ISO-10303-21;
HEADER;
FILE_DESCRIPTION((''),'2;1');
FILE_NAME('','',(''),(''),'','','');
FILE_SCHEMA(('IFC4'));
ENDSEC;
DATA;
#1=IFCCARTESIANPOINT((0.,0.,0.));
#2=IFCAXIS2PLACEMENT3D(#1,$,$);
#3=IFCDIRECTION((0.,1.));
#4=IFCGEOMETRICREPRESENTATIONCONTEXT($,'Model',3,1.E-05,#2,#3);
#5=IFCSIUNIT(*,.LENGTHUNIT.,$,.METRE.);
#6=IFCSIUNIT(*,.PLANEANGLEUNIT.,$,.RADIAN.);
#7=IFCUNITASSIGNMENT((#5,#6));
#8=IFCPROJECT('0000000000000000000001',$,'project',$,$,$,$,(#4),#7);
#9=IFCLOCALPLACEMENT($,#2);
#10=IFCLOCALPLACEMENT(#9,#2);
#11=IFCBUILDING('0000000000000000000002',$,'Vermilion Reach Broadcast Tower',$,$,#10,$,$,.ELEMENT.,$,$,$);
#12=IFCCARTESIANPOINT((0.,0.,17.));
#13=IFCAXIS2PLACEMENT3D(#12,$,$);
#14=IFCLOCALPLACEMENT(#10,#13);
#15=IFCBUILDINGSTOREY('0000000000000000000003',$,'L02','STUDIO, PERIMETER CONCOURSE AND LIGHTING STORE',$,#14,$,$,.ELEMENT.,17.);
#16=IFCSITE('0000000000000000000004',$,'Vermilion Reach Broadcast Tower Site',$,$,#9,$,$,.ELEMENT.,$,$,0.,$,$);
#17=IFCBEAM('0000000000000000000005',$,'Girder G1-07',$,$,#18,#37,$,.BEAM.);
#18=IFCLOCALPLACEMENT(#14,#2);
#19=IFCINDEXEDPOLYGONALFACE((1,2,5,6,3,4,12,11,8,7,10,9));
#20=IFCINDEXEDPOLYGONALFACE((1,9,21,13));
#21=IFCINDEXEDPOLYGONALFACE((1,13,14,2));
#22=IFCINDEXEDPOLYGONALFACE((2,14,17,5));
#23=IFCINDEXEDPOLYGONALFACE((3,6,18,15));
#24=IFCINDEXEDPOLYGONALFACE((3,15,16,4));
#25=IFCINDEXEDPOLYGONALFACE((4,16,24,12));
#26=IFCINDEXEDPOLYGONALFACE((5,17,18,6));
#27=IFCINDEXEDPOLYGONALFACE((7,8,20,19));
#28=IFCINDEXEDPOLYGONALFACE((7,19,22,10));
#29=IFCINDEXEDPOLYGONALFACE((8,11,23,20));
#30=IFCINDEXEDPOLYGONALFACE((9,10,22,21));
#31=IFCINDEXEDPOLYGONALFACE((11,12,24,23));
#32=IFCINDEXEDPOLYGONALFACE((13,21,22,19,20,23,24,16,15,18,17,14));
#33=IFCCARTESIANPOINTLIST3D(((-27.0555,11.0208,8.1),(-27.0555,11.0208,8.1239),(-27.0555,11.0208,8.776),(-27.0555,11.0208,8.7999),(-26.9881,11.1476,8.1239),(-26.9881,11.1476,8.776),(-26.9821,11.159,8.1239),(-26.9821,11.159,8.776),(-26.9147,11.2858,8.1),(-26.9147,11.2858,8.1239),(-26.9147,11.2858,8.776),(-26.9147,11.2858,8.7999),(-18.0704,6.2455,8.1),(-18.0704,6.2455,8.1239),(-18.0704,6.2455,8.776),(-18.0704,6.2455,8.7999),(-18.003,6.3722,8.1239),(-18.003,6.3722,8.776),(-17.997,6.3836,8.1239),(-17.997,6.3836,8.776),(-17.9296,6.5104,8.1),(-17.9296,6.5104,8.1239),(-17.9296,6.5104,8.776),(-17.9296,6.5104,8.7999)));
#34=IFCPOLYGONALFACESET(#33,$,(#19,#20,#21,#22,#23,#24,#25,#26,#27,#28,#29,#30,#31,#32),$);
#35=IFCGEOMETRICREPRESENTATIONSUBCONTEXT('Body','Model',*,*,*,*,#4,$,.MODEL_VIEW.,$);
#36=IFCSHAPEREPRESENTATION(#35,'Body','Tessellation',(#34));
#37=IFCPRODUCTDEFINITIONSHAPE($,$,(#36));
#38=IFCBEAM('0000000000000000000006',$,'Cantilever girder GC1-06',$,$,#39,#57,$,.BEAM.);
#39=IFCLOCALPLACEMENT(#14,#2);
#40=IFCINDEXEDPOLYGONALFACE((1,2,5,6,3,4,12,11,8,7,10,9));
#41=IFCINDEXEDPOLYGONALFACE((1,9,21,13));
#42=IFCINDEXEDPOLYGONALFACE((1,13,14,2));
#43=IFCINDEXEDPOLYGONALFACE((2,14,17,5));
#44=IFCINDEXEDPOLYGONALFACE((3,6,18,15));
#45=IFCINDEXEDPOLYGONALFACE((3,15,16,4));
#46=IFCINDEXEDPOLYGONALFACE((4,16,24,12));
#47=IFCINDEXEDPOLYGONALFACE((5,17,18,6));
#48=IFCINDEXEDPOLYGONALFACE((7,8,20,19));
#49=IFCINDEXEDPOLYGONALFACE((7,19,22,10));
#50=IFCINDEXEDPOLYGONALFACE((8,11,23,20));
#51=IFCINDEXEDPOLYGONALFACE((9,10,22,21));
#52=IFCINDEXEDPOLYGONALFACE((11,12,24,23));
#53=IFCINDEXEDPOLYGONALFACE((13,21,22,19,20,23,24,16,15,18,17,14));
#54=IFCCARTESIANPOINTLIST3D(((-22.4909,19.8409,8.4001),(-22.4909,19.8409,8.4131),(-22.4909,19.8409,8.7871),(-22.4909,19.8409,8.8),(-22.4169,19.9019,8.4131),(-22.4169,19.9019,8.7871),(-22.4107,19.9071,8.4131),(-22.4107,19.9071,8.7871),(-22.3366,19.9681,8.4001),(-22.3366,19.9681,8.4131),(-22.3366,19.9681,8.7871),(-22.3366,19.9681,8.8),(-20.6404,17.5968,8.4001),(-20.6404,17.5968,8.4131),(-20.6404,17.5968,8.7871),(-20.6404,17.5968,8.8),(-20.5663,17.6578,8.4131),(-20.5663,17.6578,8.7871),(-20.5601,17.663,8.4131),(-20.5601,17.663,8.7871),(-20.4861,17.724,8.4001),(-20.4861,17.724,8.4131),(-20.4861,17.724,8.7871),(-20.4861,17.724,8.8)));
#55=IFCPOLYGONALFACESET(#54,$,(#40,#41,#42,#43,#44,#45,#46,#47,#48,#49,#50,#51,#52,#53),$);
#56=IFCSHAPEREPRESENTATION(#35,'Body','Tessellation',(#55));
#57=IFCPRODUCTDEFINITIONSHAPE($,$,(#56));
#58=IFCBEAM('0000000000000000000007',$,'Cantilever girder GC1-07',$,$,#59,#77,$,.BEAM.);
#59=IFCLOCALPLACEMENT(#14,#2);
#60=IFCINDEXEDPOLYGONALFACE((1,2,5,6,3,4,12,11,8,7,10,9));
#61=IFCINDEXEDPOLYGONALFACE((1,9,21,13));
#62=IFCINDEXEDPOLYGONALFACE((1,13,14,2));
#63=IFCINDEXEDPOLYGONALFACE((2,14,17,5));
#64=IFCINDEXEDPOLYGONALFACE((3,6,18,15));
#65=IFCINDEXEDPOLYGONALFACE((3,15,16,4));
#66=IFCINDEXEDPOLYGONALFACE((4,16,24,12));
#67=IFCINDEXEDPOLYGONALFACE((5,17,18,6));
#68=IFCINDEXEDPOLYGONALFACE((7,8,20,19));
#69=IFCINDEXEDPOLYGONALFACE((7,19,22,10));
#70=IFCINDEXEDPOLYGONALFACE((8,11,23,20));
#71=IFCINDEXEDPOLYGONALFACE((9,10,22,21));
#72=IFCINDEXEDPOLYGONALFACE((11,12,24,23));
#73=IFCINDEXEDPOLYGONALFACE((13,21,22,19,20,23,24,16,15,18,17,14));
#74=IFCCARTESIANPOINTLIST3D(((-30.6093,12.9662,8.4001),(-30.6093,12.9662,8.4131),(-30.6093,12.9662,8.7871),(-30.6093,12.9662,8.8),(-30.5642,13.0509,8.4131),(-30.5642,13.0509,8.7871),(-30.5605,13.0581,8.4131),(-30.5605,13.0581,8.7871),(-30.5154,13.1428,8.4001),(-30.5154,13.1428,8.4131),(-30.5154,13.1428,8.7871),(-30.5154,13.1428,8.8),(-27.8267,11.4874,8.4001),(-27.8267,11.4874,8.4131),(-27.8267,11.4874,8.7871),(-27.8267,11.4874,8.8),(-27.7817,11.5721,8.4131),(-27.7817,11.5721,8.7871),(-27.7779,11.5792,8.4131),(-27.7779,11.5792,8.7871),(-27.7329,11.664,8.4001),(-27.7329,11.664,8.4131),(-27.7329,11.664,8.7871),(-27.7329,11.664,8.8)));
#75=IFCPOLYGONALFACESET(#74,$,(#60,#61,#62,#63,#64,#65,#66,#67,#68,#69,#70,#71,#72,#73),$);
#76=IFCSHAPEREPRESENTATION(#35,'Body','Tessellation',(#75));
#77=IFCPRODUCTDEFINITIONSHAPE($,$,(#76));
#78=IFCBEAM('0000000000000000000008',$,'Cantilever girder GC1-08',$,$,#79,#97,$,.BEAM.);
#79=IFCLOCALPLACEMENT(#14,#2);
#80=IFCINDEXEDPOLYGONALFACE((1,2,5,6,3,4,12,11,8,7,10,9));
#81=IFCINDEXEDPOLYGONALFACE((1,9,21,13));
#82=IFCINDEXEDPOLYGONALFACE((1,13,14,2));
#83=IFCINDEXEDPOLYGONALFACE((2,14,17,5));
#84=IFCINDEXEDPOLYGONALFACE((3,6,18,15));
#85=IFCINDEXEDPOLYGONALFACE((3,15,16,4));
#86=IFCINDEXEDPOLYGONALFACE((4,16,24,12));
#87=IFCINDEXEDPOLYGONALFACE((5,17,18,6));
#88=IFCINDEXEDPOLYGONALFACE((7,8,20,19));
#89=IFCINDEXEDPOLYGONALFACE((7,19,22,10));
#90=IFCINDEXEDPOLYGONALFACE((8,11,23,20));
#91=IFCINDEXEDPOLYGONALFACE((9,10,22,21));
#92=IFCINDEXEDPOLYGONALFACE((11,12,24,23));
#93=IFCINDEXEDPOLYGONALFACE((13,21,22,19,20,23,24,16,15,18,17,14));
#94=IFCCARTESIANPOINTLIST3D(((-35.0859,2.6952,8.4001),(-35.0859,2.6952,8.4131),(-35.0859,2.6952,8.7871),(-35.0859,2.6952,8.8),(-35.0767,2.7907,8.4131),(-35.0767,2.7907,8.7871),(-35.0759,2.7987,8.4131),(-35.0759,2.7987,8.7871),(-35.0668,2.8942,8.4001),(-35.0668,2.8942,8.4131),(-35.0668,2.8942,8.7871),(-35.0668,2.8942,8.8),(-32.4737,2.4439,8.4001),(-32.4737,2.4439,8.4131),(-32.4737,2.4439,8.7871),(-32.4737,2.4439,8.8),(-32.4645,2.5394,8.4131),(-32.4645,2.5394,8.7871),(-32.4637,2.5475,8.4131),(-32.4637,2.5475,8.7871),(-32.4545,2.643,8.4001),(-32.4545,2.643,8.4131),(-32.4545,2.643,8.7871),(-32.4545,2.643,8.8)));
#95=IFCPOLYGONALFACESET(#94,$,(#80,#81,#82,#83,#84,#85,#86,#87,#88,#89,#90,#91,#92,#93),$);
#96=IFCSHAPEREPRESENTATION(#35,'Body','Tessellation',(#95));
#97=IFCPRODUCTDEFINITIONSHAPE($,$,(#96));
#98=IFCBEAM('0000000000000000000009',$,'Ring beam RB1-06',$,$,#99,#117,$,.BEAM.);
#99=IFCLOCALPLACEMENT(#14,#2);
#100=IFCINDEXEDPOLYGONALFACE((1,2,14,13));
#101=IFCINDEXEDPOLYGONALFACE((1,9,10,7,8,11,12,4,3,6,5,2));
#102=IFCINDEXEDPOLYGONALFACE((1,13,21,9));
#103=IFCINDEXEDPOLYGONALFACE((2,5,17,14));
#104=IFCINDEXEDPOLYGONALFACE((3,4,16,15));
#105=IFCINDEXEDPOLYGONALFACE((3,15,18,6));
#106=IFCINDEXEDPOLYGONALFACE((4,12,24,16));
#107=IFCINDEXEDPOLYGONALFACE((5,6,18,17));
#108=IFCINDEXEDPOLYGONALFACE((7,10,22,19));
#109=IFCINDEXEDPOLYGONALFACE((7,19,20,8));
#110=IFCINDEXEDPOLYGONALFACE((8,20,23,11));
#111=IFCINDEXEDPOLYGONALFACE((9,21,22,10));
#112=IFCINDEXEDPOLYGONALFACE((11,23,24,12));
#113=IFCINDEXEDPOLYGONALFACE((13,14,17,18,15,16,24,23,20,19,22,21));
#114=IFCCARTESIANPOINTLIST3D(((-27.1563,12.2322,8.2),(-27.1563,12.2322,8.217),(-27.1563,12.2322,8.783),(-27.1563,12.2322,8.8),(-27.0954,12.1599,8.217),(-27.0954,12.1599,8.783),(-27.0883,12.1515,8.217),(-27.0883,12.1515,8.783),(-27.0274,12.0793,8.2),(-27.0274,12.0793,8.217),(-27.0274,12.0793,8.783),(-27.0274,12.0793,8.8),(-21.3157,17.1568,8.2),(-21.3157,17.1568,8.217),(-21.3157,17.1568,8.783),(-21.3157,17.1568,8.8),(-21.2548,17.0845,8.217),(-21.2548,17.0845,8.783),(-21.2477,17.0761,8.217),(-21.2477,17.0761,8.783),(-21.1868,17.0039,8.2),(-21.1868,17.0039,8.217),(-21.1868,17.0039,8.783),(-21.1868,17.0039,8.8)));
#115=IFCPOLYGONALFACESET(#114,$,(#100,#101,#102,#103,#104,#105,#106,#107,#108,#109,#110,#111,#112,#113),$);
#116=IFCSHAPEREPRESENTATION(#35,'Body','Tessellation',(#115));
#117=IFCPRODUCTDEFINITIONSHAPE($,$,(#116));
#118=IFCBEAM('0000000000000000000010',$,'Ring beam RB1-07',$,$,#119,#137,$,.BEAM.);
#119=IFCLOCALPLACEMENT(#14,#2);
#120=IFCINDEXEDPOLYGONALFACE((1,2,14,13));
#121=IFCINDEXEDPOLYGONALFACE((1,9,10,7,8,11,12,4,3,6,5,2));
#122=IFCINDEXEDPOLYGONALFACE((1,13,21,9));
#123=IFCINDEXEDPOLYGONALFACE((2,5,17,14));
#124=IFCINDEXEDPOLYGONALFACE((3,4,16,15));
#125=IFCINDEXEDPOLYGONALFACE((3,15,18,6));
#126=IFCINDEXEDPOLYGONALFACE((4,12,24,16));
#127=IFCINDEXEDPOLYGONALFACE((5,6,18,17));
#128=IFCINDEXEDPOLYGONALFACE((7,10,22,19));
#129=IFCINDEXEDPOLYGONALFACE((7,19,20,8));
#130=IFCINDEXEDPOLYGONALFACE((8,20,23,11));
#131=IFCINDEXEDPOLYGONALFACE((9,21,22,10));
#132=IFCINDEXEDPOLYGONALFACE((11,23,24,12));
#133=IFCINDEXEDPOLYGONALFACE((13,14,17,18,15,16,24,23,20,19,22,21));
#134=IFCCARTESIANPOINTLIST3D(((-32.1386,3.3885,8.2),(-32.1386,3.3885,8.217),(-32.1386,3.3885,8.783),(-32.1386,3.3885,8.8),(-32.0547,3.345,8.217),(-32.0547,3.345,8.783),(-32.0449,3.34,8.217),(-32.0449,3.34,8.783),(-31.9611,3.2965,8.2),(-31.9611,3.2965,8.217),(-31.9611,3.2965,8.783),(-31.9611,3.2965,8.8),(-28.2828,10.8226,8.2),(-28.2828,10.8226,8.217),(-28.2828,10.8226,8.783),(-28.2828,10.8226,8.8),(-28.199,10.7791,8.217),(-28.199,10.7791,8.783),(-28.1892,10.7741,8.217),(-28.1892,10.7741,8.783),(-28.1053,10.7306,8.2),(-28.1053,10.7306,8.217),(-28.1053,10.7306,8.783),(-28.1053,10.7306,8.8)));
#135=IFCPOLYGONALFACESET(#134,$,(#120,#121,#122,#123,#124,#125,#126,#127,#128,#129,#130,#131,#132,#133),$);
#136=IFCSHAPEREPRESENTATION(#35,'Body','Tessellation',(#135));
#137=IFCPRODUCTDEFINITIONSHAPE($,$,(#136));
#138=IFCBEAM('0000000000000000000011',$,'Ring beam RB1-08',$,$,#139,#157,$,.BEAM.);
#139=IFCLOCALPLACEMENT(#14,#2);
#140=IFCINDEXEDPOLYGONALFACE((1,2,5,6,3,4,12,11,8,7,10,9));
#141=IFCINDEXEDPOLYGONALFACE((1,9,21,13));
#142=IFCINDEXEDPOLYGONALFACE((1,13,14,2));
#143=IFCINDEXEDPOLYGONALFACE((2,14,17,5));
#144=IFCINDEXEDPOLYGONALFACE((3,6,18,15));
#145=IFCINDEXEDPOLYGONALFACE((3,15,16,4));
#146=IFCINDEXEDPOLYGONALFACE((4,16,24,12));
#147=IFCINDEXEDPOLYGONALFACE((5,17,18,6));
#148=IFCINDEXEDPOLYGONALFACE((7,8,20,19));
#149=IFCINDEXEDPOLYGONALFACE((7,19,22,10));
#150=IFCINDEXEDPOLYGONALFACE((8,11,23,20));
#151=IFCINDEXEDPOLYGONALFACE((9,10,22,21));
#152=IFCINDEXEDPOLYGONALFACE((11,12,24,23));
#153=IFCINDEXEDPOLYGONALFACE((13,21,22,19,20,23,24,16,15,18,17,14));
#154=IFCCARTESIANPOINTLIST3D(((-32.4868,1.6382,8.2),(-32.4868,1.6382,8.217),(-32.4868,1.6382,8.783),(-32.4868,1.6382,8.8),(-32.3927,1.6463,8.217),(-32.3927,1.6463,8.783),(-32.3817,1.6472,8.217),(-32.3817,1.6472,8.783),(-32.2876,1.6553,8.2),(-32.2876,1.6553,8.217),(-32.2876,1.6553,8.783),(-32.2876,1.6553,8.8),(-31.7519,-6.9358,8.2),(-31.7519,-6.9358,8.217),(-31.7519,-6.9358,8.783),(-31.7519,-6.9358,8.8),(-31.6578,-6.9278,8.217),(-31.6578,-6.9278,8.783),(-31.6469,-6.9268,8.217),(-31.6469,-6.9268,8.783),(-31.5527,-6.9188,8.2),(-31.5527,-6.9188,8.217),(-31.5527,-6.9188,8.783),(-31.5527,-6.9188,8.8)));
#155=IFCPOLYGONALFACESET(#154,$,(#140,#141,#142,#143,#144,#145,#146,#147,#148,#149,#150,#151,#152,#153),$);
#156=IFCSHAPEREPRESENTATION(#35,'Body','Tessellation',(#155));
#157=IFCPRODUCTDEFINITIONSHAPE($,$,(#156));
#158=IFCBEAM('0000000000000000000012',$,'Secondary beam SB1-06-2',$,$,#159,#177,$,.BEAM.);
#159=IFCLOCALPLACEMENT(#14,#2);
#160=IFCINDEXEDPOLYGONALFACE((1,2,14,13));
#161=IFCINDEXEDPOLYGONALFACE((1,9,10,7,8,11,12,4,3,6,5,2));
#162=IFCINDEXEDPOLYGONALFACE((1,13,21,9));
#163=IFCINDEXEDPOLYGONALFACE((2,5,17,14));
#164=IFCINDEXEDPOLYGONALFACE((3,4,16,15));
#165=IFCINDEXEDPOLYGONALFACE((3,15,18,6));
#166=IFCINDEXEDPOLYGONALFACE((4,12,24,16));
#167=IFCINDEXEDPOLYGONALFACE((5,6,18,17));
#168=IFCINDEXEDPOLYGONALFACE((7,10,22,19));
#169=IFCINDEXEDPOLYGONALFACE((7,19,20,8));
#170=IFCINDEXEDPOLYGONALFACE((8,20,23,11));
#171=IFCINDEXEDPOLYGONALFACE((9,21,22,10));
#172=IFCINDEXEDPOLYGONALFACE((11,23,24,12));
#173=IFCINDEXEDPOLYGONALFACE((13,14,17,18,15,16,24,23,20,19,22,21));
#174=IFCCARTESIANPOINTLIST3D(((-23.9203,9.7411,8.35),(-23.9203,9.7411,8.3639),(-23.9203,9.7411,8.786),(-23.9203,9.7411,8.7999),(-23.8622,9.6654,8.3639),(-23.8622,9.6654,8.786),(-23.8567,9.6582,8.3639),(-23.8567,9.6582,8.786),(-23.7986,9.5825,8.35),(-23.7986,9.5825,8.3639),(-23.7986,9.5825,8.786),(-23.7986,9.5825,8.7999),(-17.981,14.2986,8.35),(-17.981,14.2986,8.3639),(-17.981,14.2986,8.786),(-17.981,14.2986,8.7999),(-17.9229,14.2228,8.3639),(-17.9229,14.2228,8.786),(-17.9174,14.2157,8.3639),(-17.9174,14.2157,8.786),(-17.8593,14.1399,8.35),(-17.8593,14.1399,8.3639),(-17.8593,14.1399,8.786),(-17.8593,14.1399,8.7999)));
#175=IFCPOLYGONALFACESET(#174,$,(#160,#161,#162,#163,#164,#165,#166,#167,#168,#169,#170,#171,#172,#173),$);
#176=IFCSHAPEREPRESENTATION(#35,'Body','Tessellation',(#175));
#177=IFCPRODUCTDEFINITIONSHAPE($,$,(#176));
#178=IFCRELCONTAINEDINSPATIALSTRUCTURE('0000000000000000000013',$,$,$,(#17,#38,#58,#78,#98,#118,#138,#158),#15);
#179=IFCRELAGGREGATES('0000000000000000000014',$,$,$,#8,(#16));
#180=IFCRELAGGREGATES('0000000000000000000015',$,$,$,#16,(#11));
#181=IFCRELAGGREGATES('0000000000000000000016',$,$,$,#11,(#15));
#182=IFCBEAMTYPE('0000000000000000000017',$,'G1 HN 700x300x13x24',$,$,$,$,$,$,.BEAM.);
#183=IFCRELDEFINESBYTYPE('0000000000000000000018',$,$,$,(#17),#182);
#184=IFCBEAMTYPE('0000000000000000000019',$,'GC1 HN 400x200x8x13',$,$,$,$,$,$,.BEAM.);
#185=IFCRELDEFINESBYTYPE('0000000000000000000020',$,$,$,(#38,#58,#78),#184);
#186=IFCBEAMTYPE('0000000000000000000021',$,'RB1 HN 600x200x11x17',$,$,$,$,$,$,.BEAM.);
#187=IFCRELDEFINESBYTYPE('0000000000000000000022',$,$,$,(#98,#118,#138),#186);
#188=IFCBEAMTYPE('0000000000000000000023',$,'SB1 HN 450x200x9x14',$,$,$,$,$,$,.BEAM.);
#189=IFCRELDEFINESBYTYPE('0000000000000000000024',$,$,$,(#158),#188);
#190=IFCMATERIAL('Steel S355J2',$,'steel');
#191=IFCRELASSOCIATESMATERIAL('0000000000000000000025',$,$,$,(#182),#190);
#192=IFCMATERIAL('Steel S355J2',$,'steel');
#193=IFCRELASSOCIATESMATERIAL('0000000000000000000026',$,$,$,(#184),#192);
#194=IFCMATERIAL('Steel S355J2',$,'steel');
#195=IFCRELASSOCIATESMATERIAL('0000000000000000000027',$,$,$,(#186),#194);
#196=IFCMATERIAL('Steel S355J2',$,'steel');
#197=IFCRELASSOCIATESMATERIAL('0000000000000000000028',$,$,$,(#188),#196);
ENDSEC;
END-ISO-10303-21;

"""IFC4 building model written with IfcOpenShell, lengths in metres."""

from ifc_helpers import new_model, si_unit, direction, frame, origin, origin_2d, place, context, subcontext, project, spatial, i_section, extrude, material, material_profile, profile_set, type_object, element, save


model = new_model("IFC4")

# Units and contexts
model_context = context("Model", 3, precision=1e-05, world=origin(), true_north=direction((0.0, 1.0)))
body_context = subcontext(model_context, "Body", "Model", "MODEL_VIEW")
ifc_project = project(units=[si_unit("LENGTHUNIT", "METRE"), si_unit("PLANEANGLEUNIT", "RADIAN")], contexts=[model_context])

# Site, building, storey
site_placement = place(None, origin())
site = spatial("IfcSite", under=ifc_project, at=site_placement, Name="Vermilion Reach Broadcast Tower Site", CompositionType="ELEMENT", RefElevation=0.0)
building_placement = place(site_placement, origin())
building = spatial("IfcBuilding", under=site, at=building_placement, Name="Vermilion Reach Broadcast Tower", CompositionType="ELEMENT")
storey_placement = place(building_placement, frame((0.0, 0.0, 17.0)))
storey = spatial("IfcBuildingStorey", under=building, at=storey_placement, Name="L02", Description="STUDIO, PERIMETER CONCOURSE AND LIGHTING STORE", CompositionType="ELEMENT", Elevation=17.0)

# Beams
ifc_material_1 = material(Name="Steel S355J2", Category="steel")
ifc_material_profile_1 = material_profile(ifc_material_1, i_section(OverallWidth=0.3, OverallDepth=0.7, WebThickness=0.0129, FlangeThickness=0.0239, at=origin_2d()), Name="S355J2 HN 700x300x13x24")
ifc_profile_set_1 = profile_set([ifc_material_profile_1], Name="Steel S355J2")
beam_type_1 = type_object("IfcBeamType", Name="G1 HN 700x300x13x24", PredefinedType="BEAM", material=ifc_profile_set_1)
beam_1_placement = place(storey_placement, frame((-18.0, 6.3779, 8.45), z_axis=(-0.883032, 0.469313, 0.0), x_axis=(-0.469313, -0.883032, 0.0)))
element("IfcBeam", 1, at=beam_1_placement, inside=storey, type_object=beam_type_1, Name="Girder G1-07", PredefinedType="BEAM", context=body_context, shape_type="SweptSolid", body=[
    extrude(i_section(OverallWidth=0.3, OverallDepth=0.7, WebThickness=0.0129, FlangeThickness=0.0239, at=origin_2d()), origin(), (0.0, 0.0, 1.0), 10.1753),
])
ifc_material_2 = material(Name="Steel S355J2", Category="steel")
ifc_material_profile_2 = material_profile(ifc_material_2, i_section(OverallWidth=0.2, OverallDepth=0.3999, WebThickness=0.0081, FlangeThickness=0.0129, at=origin_2d()), Name="S355J2 HN 400x200x8x13")
ifc_profile_set_2 = profile_set([ifc_material_profile_2], Name="Steel S355J2")
beam_type_2 = type_object("IfcBeamType", Name="GC1 HN 400x200x8x13", PredefinedType="BEAM", material=ifc_profile_set_2)
beam_2_placement = place(storey_placement, frame((-20.5632, 17.6604, 8.6001), z_axis=(-0.636213, 0.771513, 0.0), x_axis=(-0.771513, -0.636213, 0.0)))
element("IfcBeam", 2, at=beam_2_placement, inside=storey, type_object=beam_type_2, Name="Cantilever girder GC1-06", PredefinedType="BEAM", context=body_context, shape_type="SweptSolid", body=[
    extrude(i_section(OverallWidth=0.2, OverallDepth=0.3999, WebThickness=0.0081, FlangeThickness=0.0129, at=origin_2d()), origin(), (0.0, 0.0, 1.0), 2.9087),
])
beam_3_placement = place(storey_placement, frame((-27.7798, 11.5757, 8.6001), z_axis=(-0.88304, 0.469297, 0.0), x_axis=(-0.469297, -0.88304, 0.0)))
element("IfcBeam", 3, at=beam_3_placement, inside=storey, type_object=beam_type_2, Name="Cantilever girder GC1-07", PredefinedType="BEAM", context=body_context, shape_type="SweptSolid", body=[
    extrude(i_section(OverallWidth=0.2, OverallDepth=0.3999, WebThickness=0.0081, FlangeThickness=0.0129, at=origin_2d()), origin(), (0.0, 0.0, 1.0), 3.1511),
])
beam_4_placement = place(storey_placement, frame((-32.4641, 2.5435, 8.6001), z_axis=(-0.995408, 0.095727, 0.0), x_axis=(-0.095727, -0.995408, 0.0)))
element("IfcBeam", 4, at=beam_4_placement, inside=storey, type_object=beam_type_2, Name="Cantilever girder GC1-08", PredefinedType="BEAM", context=body_context, shape_type="SweptSolid", body=[
    extrude(i_section(OverallWidth=0.2, OverallDepth=0.3999, WebThickness=0.0081, FlangeThickness=0.0129, at=origin_2d()), origin(), (0.0, 0.0, 1.0), 2.6243),
])
ifc_material_3 = material(Name="Steel S355J2", Category="steel")
ifc_material_profile_3 = material_profile(ifc_material_3, i_section(OverallWidth=0.2, OverallDepth=0.6001, WebThickness=0.011, FlangeThickness=0.0171, at=origin_2d()), Name="S355J2 HN 600x200x11x17")
ifc_profile_set_3 = profile_set([ifc_material_profile_3], Name="Steel S355J2")
beam_type_3 = type_object("IfcBeamType", Name="RB1 HN 600x200x11x17", PredefinedType="BEAM", material=ifc_profile_set_3)
beam_5_placement = place(storey_placement, frame((-21.2512, 17.0803, 8.5), z_axis=(-0.764512, -0.644609, 0.0), x_axis=(0.644609, -0.764512, 0.0)))
element("IfcBeam", 5, at=beam_5_placement, inside=storey, type_object=beam_type_3, Name="Ring beam RB1-06", PredefinedType="BEAM", context=body_context, shape_type="SweptSolid", body=[
    extrude(i_section(OverallWidth=0.2, OverallDepth=0.6001, WebThickness=0.011, FlangeThickness=0.0171, at=origin_2d()), origin(), (0.0, 0.0, 1.0), 7.6396),
])
beam_6_placement = place(storey_placement, frame((-28.1941, 10.7766, 8.5), z_axis=(-0.460412, -0.887706, 0.0), x_axis=(0.887706, -0.460412, 0.0)))
element("IfcBeam", 6, at=beam_6_placement, inside=storey, type_object=beam_type_3, Name="Ring beam RB1-07", PredefinedType="BEAM", context=body_context, shape_type="SweptSolid", body=[
    extrude(i_section(OverallWidth=0.2, OverallDepth=0.6001, WebThickness=0.011, FlangeThickness=0.0171, at=origin_2d()), origin(), (0.0, 0.0, 1.0), 8.3745),
])
beam_7_placement = place(storey_placement, frame((-32.3872, 1.6467, 8.5), z_axis=(0.085396, -0.996347, 0.0), x_axis=(0.996347, 0.085396, 0.0)))
element("IfcBeam", 7, at=beam_7_placement, inside=storey, type_object=beam_type_3, Name="Ring beam RB1-08", PredefinedType="BEAM", context=body_context, shape_type="SweptSolid", body=[
    extrude(i_section(OverallWidth=0.2, OverallDepth=0.6001, WebThickness=0.011, FlangeThickness=0.0171, at=origin_2d()), origin(), (0.0, 0.0, 1.0), 8.6055),
])
ifc_material_4 = material(Name="Steel S355J2", Category="steel")
ifc_material_profile_4 = material_profile(ifc_material_4, i_section(OverallWidth=0.2, OverallDepth=0.45, WebThickness=0.009, FlangeThickness=0.0139, at=origin_2d()), Name="S355J2 HN 450x200x9x14")
ifc_profile_set_4 = profile_set([ifc_material_profile_4], Name="Steel S355J2")
beam_type_4 = type_object("IfcBeamType", Name="SB1 HN 450x200x9x14", PredefinedType="BEAM", material=ifc_profile_set_4)
beam_8_placement = place(storey_placement, frame((-17.9202, 14.2192, 8.575), z_axis=(-0.79335, -0.608766, 0.0), x_axis=(0.608766, -0.79335, 0.0)))
element("IfcBeam", 8, at=beam_8_placement, inside=storey, type_object=beam_type_4, Name="Secondary beam SB1-06-2", PredefinedType="BEAM", context=body_context, shape_type="SweptSolid", body=[
    extrude(i_section(OverallWidth=0.2, OverallDepth=0.45, WebThickness=0.009, FlangeThickness=0.0139, at=origin_2d()), origin(), (0.0, 0.0, 1.0), 7.4863),
])

save(model, "model.ifc")
